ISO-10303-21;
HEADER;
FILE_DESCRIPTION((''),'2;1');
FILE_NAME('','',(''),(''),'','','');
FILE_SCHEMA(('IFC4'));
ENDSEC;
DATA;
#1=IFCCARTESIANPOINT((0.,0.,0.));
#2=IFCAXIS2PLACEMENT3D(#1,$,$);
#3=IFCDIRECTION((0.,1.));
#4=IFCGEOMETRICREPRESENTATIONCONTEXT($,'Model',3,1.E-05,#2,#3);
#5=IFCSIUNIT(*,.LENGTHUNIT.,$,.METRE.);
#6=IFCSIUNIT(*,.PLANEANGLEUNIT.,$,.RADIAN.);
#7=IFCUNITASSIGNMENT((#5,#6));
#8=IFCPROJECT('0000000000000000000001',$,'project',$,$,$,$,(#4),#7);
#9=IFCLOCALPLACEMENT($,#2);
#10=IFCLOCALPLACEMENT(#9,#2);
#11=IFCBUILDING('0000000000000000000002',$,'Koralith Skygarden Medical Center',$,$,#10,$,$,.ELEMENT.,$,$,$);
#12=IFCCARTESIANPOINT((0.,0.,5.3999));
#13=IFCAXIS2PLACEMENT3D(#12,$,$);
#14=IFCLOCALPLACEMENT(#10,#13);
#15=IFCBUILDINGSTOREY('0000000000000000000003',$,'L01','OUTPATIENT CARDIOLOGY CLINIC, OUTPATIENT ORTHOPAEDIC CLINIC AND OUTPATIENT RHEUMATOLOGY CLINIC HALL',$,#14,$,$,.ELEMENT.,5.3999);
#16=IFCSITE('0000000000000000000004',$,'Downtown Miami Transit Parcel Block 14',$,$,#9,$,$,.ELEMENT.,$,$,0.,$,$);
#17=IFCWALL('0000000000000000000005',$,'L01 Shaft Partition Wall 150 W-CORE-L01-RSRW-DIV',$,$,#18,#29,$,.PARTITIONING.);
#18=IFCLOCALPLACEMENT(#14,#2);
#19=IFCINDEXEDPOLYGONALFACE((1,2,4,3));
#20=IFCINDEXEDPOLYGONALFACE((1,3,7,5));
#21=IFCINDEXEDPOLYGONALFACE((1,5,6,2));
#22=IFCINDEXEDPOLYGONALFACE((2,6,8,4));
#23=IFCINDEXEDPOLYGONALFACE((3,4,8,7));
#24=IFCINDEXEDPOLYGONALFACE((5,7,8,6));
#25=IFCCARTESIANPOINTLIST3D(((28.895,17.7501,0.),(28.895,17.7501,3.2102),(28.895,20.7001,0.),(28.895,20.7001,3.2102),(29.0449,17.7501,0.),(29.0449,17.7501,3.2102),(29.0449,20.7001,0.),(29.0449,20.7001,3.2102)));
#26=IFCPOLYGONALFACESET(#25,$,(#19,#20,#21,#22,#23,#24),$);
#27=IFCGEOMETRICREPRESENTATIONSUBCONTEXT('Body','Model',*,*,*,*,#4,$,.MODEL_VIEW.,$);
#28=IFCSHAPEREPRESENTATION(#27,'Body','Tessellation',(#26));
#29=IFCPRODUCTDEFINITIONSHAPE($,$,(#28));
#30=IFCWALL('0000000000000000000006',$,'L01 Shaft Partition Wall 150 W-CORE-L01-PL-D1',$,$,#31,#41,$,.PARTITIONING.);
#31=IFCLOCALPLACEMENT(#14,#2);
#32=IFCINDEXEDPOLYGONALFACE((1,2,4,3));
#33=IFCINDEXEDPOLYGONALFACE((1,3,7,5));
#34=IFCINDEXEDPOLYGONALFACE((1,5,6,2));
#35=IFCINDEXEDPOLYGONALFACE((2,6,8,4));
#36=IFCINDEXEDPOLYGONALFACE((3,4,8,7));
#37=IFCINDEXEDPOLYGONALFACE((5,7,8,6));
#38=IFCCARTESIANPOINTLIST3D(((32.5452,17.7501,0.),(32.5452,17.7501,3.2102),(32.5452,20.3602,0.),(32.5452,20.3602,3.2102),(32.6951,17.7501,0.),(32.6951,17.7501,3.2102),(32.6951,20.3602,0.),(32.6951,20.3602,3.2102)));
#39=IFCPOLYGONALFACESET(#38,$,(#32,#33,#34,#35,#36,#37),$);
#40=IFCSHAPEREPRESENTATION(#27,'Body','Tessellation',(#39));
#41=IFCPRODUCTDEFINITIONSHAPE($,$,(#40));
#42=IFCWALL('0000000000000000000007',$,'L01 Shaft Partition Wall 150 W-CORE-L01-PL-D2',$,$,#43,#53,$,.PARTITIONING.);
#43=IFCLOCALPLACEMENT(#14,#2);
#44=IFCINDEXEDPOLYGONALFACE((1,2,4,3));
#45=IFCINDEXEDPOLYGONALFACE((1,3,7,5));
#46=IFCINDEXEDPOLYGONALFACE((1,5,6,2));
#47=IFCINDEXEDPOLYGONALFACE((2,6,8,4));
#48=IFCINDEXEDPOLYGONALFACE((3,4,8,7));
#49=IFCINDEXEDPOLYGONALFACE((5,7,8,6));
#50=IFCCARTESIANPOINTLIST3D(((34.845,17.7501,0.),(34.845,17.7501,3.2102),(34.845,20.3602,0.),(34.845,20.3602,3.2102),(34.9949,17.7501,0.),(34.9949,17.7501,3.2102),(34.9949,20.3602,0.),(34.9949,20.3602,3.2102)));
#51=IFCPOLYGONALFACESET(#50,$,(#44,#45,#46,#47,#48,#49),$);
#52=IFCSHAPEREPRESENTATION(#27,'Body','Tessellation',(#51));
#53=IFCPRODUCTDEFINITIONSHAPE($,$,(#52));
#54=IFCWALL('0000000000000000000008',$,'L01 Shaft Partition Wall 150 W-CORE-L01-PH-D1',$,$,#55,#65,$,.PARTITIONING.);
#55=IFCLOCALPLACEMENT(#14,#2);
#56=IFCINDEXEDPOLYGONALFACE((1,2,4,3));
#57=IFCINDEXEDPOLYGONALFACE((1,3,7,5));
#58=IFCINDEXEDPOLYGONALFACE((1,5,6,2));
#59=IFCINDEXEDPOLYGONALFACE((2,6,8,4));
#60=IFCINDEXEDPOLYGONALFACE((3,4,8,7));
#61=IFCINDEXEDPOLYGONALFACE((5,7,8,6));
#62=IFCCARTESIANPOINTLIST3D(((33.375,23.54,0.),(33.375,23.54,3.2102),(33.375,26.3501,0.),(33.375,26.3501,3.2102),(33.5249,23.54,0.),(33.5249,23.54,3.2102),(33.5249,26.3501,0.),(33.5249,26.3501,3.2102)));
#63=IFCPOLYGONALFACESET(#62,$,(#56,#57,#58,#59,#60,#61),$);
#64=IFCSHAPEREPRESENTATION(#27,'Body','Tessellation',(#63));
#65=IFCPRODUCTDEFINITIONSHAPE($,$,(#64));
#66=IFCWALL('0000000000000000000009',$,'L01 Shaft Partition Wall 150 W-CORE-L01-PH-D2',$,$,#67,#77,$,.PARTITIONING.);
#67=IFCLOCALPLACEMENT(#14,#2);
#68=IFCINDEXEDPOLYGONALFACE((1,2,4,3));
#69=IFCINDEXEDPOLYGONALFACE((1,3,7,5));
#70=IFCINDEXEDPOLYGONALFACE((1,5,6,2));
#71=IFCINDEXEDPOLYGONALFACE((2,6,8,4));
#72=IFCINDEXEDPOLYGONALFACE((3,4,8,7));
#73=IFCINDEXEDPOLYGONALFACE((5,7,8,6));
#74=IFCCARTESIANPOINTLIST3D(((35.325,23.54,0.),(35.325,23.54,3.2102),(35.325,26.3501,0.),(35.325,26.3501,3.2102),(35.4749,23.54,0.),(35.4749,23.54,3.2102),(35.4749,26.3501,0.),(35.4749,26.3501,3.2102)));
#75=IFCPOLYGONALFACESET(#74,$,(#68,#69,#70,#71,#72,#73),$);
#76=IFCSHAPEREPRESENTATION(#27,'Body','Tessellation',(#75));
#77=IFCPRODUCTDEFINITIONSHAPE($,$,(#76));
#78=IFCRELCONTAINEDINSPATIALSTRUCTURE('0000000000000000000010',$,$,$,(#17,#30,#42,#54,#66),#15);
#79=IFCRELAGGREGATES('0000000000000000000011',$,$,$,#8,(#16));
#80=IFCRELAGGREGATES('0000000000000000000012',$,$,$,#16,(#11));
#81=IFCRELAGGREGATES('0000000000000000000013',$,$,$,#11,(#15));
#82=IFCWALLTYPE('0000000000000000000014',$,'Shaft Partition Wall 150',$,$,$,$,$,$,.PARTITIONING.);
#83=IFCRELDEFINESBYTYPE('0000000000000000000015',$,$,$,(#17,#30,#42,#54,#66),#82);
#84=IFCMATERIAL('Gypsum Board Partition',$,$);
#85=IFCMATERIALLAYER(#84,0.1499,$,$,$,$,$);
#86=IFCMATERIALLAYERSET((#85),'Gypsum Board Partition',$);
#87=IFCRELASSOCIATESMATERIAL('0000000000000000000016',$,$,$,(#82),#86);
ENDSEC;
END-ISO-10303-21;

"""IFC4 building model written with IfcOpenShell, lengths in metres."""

from ifc_helpers import new_model, si_unit, direction, frame, frame_2d, origin, place, context, subcontext, project, spatial, rectangle, extrude, material, layer, layer_set, type_object, element, save


model = new_model("IFC4")

# Units and contexts
model_context = context("Model", 3, precision=1e-05, world=origin(), true_north=direction((0.0, 1.0)))
body_context = subcontext(model_context, "Body", "Model", "MODEL_VIEW")
ifc_project = project(units=[si_unit("LENGTHUNIT", "METRE"), si_unit("PLANEANGLEUNIT", "RADIAN")], contexts=[model_context])

# Site, building, storey
site_placement = place(None, origin())
site = spatial("IfcSite", under=ifc_project, at=site_placement, Name="Downtown Miami Transit Parcel Block 14", CompositionType="ELEMENT", RefElevation=0.0)
building_placement = place(site_placement, origin())
building = spatial("IfcBuilding", under=site, at=building_placement, Name="Koralith Skygarden Medical Center", CompositionType="ELEMENT")
storey_placement = place(building_placement, frame((0.0, 0.0, 5.3999)))
storey = spatial("IfcBuildingStorey", under=building, at=storey_placement, Name="L01", Description="OUTPATIENT CARDIOLOGY CLINIC, OUTPATIENT ORTHOPAEDIC CLINIC AND OUTPATIENT RHEUMATOLOGY CLINIC HALL", CompositionType="ELEMENT", Elevation=5.3999)

# Shared definitions
ifc_material_1 = material(Name="Gypsum Board Partition")

# Walls
ifc_layer_1 = layer(ifc_material_1, 0.1499)
ifc_layer_set_1 = layer_set([ifc_layer_1], Name="Gypsum Board Partition")
wall_type_1 = type_object("IfcWallType", Name="Shaft Partition Wall 150", PredefinedType="PARTITIONING", material=ifc_layer_set_1)
wall_1_placement = place(storey_placement, frame((28.97, 17.75, 0.0), z_axis=(0.0, 0.0, 1.0), x_axis=(0.0, 1.0, 0.0)))
element("IfcWall", 1, at=wall_1_placement, inside=storey, type_object=wall_type_1, Name="L01 Shaft Partition Wall 150 W-CORE-L01-RSRW-DIV", PredefinedType="PARTITIONING", context=body_context, shape_type="SweptSolid", body=[
    extrude(rectangle(XDim=2.95, YDim=0.1499, at=frame_2d((1.4751, 0.0))), origin(), (0.0, 0.0, 1.0), 3.2102),
])
for number, where, z_axis, x_axis, name in (
    (2, (32.6201, 17.75, 0.0), (0.0, 0.0, 1.0), (0.0, 1.0, 0.0), "L01 Shaft Partition Wall 150 W-CORE-L01-PL-D1"),
    (3, (34.9199, 17.75, 0.0), (0.0, 0.0, 1.0), (0.0, 1.0, 0.0), "L01 Shaft Partition Wall 150 W-CORE-L01-PL-D2"),
):
    element("IfcWall", number, at=place(storey_placement, frame(where, z_axis=z_axis, x_axis=x_axis)), inside=storey, type_object=wall_type_1, Name=name, PredefinedType="PARTITIONING", context=body_context, shape_type="SweptSolid", body=[
        extrude(rectangle(XDim=2.6101, YDim=0.1499, at=frame_2d((1.3052, 0.0))), origin(), (0.0, 0.0, 1.0), 3.2102),
    ])
for number, where, z_axis, x_axis, name in (
    (4, (33.45, 23.54, 0.0), (0.0, 0.0, 1.0), (0.0, 1.0, 0.0), "L01 Shaft Partition Wall 150 W-CORE-L01-PH-D1"),
    (5, (35.3999, 23.54, 0.0), (0.0, 0.0, 1.0), (0.0, 1.0, 0.0), "L01 Shaft Partition Wall 150 W-CORE-L01-PH-D2"),
):
    element("IfcWall", number, at=place(storey_placement, frame(where, z_axis=z_axis, x_axis=x_axis)), inside=storey, type_object=wall_type_1, Name=name, PredefinedType="PARTITIONING", context=body_context, shape_type="SweptSolid", body=[
        extrude(rectangle(XDim=2.8101, YDim=0.1499, at=frame_2d((1.405, 0.0))), origin(), (0.0, 0.0, 1.0), 3.2102),
    ])

save(model, "model.ifc")
